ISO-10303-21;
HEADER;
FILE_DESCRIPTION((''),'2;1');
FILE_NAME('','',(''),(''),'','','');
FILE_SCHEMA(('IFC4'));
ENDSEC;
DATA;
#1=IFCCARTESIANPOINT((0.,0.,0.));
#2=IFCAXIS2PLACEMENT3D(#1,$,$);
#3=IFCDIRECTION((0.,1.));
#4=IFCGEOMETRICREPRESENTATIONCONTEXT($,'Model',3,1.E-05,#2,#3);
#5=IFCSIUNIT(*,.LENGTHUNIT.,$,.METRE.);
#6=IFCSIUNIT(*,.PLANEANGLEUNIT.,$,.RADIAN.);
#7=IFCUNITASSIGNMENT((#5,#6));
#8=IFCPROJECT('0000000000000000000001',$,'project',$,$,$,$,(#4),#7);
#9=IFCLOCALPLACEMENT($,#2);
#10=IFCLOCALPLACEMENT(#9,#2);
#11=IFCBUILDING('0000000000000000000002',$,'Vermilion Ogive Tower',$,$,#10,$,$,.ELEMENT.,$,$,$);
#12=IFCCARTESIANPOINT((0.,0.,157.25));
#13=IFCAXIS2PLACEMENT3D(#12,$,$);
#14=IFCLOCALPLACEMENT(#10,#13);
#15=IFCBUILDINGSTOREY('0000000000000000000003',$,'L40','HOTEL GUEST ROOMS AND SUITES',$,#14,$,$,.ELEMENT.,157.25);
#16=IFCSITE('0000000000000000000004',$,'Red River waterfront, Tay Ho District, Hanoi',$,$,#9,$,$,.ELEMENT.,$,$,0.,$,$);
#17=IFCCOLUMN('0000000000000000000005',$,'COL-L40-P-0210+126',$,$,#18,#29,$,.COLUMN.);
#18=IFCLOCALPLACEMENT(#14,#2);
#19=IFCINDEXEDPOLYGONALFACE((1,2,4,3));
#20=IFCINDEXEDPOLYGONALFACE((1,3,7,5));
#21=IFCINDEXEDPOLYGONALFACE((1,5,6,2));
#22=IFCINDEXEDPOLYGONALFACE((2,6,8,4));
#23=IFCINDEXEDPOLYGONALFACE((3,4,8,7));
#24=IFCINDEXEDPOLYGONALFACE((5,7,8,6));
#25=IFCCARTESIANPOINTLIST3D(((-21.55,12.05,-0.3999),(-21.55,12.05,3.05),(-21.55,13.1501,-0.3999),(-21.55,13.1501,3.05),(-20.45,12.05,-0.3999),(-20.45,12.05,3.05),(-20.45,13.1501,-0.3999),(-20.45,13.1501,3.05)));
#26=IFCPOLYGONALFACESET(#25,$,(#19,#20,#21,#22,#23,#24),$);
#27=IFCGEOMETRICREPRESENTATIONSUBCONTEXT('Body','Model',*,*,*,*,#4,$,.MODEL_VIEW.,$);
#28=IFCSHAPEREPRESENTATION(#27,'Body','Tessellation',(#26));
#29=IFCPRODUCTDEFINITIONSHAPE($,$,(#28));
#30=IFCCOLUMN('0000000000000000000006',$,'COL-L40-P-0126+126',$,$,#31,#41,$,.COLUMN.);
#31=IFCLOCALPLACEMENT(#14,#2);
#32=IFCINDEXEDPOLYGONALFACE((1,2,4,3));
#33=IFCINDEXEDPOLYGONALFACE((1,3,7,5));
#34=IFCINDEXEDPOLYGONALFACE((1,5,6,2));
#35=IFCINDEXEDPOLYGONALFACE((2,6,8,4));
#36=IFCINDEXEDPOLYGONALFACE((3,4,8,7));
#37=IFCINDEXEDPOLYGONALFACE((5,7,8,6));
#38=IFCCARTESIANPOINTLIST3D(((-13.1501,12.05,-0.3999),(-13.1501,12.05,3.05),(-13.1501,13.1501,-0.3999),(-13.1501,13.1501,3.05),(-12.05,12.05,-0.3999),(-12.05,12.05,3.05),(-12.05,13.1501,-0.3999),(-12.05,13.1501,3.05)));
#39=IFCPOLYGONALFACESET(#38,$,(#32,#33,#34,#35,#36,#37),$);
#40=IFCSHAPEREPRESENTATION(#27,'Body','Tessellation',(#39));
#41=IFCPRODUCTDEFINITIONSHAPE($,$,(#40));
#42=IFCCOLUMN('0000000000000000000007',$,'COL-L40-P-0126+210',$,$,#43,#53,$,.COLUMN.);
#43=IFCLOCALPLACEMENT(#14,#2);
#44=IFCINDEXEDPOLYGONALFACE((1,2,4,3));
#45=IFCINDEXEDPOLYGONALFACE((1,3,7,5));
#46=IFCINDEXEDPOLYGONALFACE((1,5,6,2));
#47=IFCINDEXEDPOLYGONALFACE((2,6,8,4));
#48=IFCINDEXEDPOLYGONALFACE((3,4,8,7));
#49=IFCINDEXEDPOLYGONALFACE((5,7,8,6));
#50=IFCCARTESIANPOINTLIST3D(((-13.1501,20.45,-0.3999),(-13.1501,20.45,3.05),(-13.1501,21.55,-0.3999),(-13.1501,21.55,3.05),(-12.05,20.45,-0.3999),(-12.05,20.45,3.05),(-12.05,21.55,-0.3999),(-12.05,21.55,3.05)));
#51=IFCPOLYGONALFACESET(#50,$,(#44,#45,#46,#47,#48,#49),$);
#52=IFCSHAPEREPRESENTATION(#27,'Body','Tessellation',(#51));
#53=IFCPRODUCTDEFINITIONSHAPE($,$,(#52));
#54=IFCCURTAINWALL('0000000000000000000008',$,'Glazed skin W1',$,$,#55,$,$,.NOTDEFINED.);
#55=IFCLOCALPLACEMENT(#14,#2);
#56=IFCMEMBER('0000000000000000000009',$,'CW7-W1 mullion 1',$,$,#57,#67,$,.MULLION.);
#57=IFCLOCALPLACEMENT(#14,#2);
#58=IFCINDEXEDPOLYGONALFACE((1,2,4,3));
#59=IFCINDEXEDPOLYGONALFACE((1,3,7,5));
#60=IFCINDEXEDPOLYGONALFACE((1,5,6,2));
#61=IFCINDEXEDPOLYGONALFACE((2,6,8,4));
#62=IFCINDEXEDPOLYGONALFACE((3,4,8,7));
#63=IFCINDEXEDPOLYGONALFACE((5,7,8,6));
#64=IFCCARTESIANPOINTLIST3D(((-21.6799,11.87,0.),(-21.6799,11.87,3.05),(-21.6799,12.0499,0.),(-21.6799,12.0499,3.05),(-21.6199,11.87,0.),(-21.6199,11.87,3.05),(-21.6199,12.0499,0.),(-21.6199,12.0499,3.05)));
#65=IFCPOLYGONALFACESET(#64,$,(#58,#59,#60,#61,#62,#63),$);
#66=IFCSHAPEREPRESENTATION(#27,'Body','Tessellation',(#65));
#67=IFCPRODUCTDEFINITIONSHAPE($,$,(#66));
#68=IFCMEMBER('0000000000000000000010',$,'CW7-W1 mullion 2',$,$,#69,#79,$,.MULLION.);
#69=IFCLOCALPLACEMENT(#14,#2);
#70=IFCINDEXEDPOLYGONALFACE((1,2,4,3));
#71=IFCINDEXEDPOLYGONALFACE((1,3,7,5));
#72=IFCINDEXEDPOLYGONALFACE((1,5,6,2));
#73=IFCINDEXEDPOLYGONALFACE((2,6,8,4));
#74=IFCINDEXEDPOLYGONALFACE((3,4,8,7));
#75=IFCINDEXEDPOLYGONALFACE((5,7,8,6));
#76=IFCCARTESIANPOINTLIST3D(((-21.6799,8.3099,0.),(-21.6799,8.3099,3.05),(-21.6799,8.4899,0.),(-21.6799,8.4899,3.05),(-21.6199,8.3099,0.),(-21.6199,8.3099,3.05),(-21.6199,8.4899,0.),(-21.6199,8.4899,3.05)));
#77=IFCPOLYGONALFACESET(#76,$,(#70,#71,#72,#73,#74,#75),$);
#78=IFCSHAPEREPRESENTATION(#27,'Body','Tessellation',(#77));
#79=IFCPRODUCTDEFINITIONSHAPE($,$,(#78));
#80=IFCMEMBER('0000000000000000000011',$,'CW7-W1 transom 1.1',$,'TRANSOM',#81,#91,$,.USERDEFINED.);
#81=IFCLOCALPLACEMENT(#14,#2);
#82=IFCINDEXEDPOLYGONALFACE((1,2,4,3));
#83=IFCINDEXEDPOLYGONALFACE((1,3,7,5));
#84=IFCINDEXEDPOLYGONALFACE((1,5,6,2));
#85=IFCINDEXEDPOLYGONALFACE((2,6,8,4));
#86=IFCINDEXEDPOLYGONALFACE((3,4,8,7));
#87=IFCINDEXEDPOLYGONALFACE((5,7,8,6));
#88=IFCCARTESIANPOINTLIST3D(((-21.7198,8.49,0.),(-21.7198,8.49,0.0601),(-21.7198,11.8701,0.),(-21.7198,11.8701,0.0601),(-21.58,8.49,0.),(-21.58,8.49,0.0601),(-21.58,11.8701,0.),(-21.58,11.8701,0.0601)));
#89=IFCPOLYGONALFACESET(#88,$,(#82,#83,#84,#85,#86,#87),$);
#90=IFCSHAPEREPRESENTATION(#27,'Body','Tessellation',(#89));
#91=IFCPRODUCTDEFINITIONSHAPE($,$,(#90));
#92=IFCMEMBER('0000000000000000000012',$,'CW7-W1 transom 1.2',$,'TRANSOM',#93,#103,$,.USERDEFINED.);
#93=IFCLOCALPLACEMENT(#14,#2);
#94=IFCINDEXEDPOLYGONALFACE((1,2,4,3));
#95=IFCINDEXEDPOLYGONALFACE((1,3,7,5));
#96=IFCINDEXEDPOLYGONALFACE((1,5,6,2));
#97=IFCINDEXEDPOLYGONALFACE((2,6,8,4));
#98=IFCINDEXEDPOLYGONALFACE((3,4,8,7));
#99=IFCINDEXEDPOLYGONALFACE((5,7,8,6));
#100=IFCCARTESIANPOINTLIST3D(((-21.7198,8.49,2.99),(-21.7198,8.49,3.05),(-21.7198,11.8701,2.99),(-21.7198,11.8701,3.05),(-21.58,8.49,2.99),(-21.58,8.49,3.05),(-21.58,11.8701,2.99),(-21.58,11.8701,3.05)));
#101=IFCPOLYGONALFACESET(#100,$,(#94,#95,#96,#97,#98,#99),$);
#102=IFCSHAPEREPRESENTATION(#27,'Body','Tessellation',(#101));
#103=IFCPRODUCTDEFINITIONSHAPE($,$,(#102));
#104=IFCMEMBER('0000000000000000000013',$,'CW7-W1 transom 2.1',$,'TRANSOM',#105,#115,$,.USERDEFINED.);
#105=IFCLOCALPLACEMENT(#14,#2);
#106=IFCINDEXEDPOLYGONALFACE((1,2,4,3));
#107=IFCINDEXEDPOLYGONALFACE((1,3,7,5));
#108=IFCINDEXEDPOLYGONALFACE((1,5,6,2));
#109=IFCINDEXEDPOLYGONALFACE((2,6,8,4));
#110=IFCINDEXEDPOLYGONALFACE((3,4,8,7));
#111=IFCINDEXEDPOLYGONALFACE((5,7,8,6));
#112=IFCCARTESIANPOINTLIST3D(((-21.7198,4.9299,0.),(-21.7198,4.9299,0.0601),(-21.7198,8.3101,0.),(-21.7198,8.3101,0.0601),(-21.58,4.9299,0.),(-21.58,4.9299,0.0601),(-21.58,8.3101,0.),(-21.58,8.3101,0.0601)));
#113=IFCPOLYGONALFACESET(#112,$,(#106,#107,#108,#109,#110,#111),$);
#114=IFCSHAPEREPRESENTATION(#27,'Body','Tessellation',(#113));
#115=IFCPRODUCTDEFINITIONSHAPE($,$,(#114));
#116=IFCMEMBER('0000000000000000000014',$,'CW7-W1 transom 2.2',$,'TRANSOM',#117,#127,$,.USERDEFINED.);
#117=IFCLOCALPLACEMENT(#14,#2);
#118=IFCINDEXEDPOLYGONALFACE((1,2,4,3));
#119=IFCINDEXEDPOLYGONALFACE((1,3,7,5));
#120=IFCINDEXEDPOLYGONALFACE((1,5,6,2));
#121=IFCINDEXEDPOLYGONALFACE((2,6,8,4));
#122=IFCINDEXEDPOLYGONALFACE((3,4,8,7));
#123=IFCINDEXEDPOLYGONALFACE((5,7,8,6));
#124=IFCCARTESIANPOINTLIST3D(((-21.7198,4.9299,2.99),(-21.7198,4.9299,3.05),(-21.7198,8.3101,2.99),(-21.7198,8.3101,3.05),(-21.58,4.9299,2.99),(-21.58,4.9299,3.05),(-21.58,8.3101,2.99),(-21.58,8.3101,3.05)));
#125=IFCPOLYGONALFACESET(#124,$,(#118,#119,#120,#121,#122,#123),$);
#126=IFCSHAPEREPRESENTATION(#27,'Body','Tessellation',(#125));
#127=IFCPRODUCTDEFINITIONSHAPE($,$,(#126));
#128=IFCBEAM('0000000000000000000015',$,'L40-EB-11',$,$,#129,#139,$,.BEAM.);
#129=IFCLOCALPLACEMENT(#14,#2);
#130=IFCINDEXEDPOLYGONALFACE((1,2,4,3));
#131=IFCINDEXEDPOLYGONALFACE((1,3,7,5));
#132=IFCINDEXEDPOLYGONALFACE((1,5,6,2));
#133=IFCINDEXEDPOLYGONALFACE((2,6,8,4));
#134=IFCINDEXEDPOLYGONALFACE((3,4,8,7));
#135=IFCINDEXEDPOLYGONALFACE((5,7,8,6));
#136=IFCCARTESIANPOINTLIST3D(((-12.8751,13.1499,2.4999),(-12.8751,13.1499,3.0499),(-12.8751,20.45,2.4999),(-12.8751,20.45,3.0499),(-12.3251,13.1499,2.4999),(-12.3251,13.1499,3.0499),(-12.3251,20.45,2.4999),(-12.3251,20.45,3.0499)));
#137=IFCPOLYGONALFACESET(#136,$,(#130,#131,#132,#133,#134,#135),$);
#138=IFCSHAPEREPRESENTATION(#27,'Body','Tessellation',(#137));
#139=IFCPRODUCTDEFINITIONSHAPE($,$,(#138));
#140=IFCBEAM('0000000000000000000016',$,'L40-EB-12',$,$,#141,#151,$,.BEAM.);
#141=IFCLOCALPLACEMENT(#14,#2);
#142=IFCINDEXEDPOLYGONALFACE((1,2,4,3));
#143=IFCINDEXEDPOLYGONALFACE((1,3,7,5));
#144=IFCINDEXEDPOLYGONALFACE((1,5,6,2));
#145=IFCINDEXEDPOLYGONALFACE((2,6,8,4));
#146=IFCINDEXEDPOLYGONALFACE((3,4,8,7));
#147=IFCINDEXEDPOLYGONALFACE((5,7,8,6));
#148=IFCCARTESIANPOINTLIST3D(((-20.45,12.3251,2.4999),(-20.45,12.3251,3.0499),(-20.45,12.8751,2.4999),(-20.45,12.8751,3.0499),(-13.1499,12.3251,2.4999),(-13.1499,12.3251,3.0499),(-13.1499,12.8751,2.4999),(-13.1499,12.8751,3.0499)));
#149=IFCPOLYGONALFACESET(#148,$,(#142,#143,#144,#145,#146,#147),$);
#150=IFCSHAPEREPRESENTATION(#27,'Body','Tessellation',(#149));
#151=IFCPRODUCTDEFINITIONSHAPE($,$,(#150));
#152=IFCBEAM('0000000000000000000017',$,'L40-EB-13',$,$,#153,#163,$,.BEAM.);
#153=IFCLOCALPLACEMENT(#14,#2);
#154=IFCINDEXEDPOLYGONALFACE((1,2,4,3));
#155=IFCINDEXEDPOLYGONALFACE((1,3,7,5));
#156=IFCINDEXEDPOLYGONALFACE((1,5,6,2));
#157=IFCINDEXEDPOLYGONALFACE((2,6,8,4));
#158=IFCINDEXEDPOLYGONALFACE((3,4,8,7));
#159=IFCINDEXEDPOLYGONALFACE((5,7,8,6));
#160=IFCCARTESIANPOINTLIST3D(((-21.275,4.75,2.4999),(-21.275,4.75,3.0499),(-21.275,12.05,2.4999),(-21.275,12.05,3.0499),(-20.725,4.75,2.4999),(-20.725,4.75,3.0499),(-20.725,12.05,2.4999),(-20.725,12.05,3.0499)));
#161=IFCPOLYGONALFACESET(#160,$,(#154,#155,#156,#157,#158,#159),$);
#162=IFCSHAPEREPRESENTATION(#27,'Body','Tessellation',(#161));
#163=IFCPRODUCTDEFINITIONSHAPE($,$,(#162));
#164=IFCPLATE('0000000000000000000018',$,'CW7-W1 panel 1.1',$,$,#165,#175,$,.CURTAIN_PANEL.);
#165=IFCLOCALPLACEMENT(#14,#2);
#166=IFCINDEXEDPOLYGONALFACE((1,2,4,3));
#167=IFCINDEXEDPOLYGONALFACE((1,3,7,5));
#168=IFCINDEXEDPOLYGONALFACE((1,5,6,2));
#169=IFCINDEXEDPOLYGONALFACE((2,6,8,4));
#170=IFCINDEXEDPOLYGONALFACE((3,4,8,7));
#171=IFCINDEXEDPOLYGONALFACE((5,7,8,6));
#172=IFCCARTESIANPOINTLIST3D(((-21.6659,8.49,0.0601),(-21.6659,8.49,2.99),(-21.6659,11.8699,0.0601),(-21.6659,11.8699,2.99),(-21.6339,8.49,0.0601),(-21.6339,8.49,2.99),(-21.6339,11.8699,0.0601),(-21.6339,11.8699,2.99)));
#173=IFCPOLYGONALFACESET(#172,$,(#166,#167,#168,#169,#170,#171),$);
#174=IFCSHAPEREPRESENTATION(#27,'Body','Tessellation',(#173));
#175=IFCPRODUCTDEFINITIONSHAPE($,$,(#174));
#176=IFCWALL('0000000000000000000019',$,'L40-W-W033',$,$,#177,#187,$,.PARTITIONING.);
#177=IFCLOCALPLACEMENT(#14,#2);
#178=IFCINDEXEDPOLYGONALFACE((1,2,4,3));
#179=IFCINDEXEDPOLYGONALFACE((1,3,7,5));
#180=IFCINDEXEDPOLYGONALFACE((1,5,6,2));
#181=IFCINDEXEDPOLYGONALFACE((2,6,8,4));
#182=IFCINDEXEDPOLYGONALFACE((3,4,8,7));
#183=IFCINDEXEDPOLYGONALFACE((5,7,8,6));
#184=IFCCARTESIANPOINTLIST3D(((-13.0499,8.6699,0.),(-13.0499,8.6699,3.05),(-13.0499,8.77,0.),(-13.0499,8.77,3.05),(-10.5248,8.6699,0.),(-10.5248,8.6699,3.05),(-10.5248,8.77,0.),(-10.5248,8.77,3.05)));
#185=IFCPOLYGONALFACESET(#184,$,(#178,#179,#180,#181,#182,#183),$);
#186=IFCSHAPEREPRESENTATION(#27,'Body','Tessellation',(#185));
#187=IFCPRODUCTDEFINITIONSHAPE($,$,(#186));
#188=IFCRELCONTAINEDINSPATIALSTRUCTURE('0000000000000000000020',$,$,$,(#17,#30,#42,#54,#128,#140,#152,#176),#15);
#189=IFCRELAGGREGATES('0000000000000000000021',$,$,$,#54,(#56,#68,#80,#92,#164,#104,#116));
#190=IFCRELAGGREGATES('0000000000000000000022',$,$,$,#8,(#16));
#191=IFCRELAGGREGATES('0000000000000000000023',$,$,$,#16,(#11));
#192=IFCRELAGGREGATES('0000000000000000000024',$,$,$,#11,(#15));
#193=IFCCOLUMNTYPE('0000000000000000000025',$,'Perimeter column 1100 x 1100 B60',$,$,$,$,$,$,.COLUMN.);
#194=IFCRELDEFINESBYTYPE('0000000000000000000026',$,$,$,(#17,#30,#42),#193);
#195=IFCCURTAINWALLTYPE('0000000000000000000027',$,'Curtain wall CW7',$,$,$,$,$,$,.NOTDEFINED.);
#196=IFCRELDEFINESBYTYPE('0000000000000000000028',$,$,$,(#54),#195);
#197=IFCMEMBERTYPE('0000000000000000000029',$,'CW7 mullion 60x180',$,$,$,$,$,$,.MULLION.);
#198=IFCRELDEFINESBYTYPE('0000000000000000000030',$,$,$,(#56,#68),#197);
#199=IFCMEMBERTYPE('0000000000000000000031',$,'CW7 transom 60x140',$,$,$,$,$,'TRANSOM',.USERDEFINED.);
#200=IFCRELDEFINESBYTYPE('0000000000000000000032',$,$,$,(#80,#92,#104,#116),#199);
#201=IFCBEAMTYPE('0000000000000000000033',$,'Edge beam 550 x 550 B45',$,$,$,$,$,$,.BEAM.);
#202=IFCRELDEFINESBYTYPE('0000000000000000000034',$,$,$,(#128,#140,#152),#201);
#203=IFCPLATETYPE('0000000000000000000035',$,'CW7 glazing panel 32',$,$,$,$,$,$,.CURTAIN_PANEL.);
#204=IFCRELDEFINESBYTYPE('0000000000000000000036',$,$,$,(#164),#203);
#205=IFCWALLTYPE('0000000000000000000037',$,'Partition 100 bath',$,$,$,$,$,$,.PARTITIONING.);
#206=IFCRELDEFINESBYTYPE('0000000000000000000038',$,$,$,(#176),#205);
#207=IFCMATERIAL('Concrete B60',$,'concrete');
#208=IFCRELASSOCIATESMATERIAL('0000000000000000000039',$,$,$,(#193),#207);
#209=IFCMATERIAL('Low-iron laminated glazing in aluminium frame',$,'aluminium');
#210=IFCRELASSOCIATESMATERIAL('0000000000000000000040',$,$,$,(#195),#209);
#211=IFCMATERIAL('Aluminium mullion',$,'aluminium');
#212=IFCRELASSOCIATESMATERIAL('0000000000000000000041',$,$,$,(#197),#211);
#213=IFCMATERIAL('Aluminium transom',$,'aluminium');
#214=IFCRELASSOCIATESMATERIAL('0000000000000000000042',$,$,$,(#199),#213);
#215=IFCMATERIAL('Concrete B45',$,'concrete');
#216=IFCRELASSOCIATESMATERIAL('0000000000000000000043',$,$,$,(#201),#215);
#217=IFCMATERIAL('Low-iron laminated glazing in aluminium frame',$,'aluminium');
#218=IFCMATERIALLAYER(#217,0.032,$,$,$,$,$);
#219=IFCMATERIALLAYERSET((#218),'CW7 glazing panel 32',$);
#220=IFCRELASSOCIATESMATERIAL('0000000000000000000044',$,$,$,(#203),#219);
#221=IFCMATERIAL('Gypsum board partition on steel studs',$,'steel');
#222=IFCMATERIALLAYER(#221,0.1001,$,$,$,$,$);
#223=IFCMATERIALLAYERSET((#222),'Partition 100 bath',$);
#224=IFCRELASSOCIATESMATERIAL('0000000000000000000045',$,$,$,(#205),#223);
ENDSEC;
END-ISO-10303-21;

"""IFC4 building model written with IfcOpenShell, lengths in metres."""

from ifc_helpers import new_model, si_unit, direction, frame, frame_2d, origin, origin_2d, place, context, subcontext, project, spatial, rectangle, extrude, material, layer, layer_set, material_profile, profile_set, type_object, element, aggregate, save


model = new_model("IFC4")

# Units and contexts
model_context = context("Model", 3, precision=1e-05, world=origin(), true_north=direction((0.0, 1.0)))
body_context = subcontext(model_context, "Body", "Model", "MODEL_VIEW")
ifc_project = project(units=[si_unit("LENGTHUNIT", "METRE"), si_unit("PLANEANGLEUNIT", "RADIAN")], contexts=[model_context])

# Site, building, storey
site_placement = place(None, origin())
site = spatial("IfcSite", under=ifc_project, at=site_placement, Name="Red River waterfront, Tay Ho District, Hanoi", CompositionType="ELEMENT", RefElevation=0.0)
building_placement = place(site_placement, origin())
building = spatial("IfcBuilding", under=site, at=building_placement, Name="Vermilion Ogive Tower", CompositionType="ELEMENT")
storey_placement = place(building_placement, frame((0.0, 0.0, 157.25)))
storey = spatial("IfcBuildingStorey", under=building, at=storey_placement, Name="L40", Description="HOTEL GUEST ROOMS AND SUITES", CompositionType="ELEMENT", Elevation=157.25)

# Columns
ifc_material_1 = material(Name="Concrete B60", Category="concrete")
ifc_material_profile_1 = material_profile(ifc_material_1, rectangle(XDim=1.1001, YDim=1.1001, at=origin_2d()), Name="1100 x 1100")
ifc_profile_set_1 = profile_set([ifc_material_profile_1], Name="Concrete B60")
column_type = type_object("IfcColumnType", Name="Perimeter column 1100 x 1100 B60", PredefinedType="COLUMN", material=ifc_profile_set_1)
for number, where, z_axis, x_axis, name in (
    (1, (-21.0, 12.6001, -0.3999), (0.0, 0.0, 1.0), (1.0, 0.0, 0.0), "COL-L40-P-0210+126"),
    (2, (-12.6001, 12.6001, -0.3999), (0.0, 0.0, 1.0), (1.0, 0.0, 0.0), "COL-L40-P-0126+126"),
    (3, (-12.6001, 21.0, -0.3999), (0.0, 0.0, 1.0), (1.0, 0.0, 0.0), "COL-L40-P-0126+210"),
):
    element("IfcColumn", number, at=place(storey_placement, frame(where, z_axis=z_axis, x_axis=x_axis)), inside=storey, type_object=column_type, Name=name, PredefinedType="COLUMN", context=body_context, shape_type="SweptSolid", body=[
        extrude(rectangle(XDim=1.1001, YDim=1.1001, at=origin_2d()), origin(), (0.0, 0.0, 1.0), 3.45),
    ])

# Curtain wall, members
ifc_material_2 = material(Name="Low-iron laminated glazing in aluminium frame", Category="aluminium")
curtain_wall_type = type_object("IfcCurtainWallType", Name="Curtain wall CW7", PredefinedType="NOTDEFINED", material=ifc_material_2)
curtain_wall_placement = place(storey_placement, origin())
curtain_wall = element("IfcCurtainWall", 4, at=curtain_wall_placement, inside=storey, type_object=curtain_wall_type, Name="Glazed skin W1", PredefinedType="NOTDEFINED")
ifc_material_3 = material(Name="Aluminium mullion", Category="aluminium")
ifc_material_profile_2 = material_profile(ifc_material_3, rectangle(XDim=0.0601, YDim=0.1799, at=origin_2d()), Name="AL 60x180")
ifc_profile_set_2 = profile_set([ifc_material_profile_2], Name="Aluminium mullion")
member_type_1 = type_object("IfcMemberType", Name="CW7 mullion 60x180", PredefinedType="MULLION", material=ifc_profile_set_2)
member_1_placement = place(storey_placement, frame((-21.6499, 11.96, 0.0), z_axis=(0.0, 0.0, 1.0), x_axis=(1.0, 0.0, 0.0)))
member_1 = element("IfcMember", 5, at=member_1_placement, type_object=member_type_1, Name="CW7-W1 mullion 1", PredefinedType="MULLION", context=body_context, shape_type="SweptSolid", body=[
    extrude(rectangle(XDim=0.0601, YDim=0.1799, at=origin_2d()), origin(), (0.0, 0.0, 1.0), 3.05),
])
member_2_placement = place(storey_placement, frame((-21.6499, 8.3999, 0.0), z_axis=(0.0, 0.0, 1.0), x_axis=(1.0, 0.0, 0.0)))
member_2 = element("IfcMember", 6, at=member_2_placement, type_object=member_type_1, Name="CW7-W1 mullion 2", PredefinedType="MULLION", context=body_context, shape_type="SweptSolid", body=[
    extrude(rectangle(XDim=0.0601, YDim=0.1799, at=origin_2d()), origin(), (0.0, 0.0, 1.0), 3.05),
])
ifc_material_4 = material(Name="Aluminium transom", Category="aluminium")
ifc_material_profile_3 = material_profile(ifc_material_4, rectangle(XDim=0.1399, YDim=0.0601, at=origin_2d()), Name="AL 60x140")
ifc_profile_set_3 = profile_set([ifc_material_profile_3], Name="Aluminium transom")
member_type_2 = type_object("IfcMemberType", Name="CW7 transom 60x140", ElementType="TRANSOM", PredefinedType="USERDEFINED", material=ifc_profile_set_3)
member_3_placement = place(storey_placement, frame((-21.6499, 11.8701, 0.03), z_axis=(0.0, -1.0, 0.0), x_axis=(1.0, 0.0, 0.0)))
member_3 = element("IfcMember", 7, at=member_3_placement, type_object=member_type_2, Name="CW7-W1 transom 1.1", ObjectType="TRANSOM", PredefinedType="USERDEFINED", context=body_context, shape_type="SweptSolid", body=[
    extrude(rectangle(XDim=0.1399, YDim=0.0601, at=origin_2d()), origin(), (0.0, 0.0, 1.0), 3.3801),
])
member_4_placement = place(storey_placement, frame((-21.6499, 11.8701, 3.02), z_axis=(0.0, -1.0, 0.0), x_axis=(1.0, 0.0, 0.0)))
member_4 = element("IfcMember", 8, at=member_4_placement, type_object=member_type_2, Name="CW7-W1 transom 1.2", ObjectType="TRANSOM", PredefinedType="USERDEFINED", context=body_context, shape_type="SweptSolid", body=[
    extrude(rectangle(XDim=0.1399, YDim=0.0601, at=origin_2d()), origin(), (0.0, 0.0, 1.0), 3.3801),
])
member_5_placement = place(storey_placement, frame((-21.6499, 8.3101, 0.03), z_axis=(0.0, -1.0, 0.0), x_axis=(1.0, 0.0, 0.0)))
member_5 = element("IfcMember", 9, at=member_5_placement, type_object=member_type_2, Name="CW7-W1 transom 2.1", ObjectType="TRANSOM", PredefinedType="USERDEFINED", context=body_context, shape_type="SweptSolid", body=[
    extrude(rectangle(XDim=0.1399, YDim=0.0601, at=origin_2d()), origin(), (0.0, 0.0, 1.0), 3.3801),
])
member_6_placement = place(storey_placement, frame((-21.6499, 8.3101, 3.02), z_axis=(0.0, -1.0, 0.0), x_axis=(1.0, 0.0, 0.0)))
member_6 = element("IfcMember", 10, at=member_6_placement, type_object=member_type_2, Name="CW7-W1 transom 2.2", ObjectType="TRANSOM", PredefinedType="USERDEFINED", context=body_context, shape_type="SweptSolid", body=[
    extrude(rectangle(XDim=0.1399, YDim=0.0601, at=origin_2d()), origin(), (0.0, 0.0, 1.0), 3.3801),
])

# Beams
ifc_material_5 = material(Name="Concrete B45", Category="concrete")
ifc_material_profile_4 = material_profile(ifc_material_5, rectangle(XDim=0.55, YDim=0.55, at=origin_2d()), Name="550 x 550")
ifc_profile_set_4 = profile_set([ifc_material_profile_4], Name="Concrete B45")
beam_type = type_object("IfcBeamType", Name="Edge beam 550 x 550 B45", PredefinedType="BEAM", material=ifc_profile_set_4)
for number, where, z_axis, x_axis, name in (
    (11, (-12.6001, 20.45, 2.7749), (0.0, -1.0, 0.0), (1.0, 0.0, 0.0), "L40-EB-11"),
    (12, (-13.1499, 12.6001, 2.7749), (-1.0, 0.0, 0.0), (0.0, -1.0, 0.0), "L40-EB-12"),
    (13, (-21.0, 12.05, 2.7749), (0.0, -1.0, 0.0), (1.0, 0.0, 0.0), "L40-EB-13"),
):
    element("IfcBeam", number, at=place(storey_placement, frame(where, z_axis=z_axis, x_axis=x_axis)), inside=storey, type_object=beam_type, Name=name, PredefinedType="BEAM", context=body_context, shape_type="SweptSolid", body=[
        extrude(rectangle(XDim=0.55, YDim=0.55, at=origin_2d()), origin(), (0.0, 0.0, 1.0), 7.3),
    ])

# Plate
ifc_material_6 = material(Name="Low-iron laminated glazing in aluminium frame", Category="aluminium")
ifc_layer_1 = layer(ifc_material_6, 0.032)
ifc_layer_set_1 = layer_set([ifc_layer_1], Name="CW7 glazing panel 32")
plate_type = type_object("IfcPlateType", Name="CW7 glazing panel 32", PredefinedType="CURTAIN_PANEL", material=ifc_layer_set_1)
plate_placement = place(storey_placement, frame((-21.6499, 10.1799, 0.0601), z_axis=(0.0, 0.0, 1.0), x_axis=(0.0, -1.0, 0.0)))
plate = element("IfcPlate", 14, at=plate_placement, type_object=plate_type, Name="CW7-W1 panel 1.1", PredefinedType="CURTAIN_PANEL", context=body_context, shape_type="SweptSolid", body=[
    extrude(rectangle(XDim=3.3799, YDim=0.032, at=origin_2d()), origin(), (0.0, 0.0, 1.0), 2.9299),
])
aggregate(curtain_wall, [member_1, member_2, member_3, member_4, plate, member_5, member_6])

# Wall
ifc_material_7 = material(Name="Gypsum board partition on steel studs", Category="steel")
ifc_layer_2 = layer(ifc_material_7, 0.1001)
ifc_layer_set_2 = layer_set([ifc_layer_2], Name="Partition 100 bath")
wall_type_1 = type_object("IfcWallType", Name="Partition 100 bath", PredefinedType="PARTITIONING", material=ifc_layer_set_2)
wall_1_placement = place(storey_placement, frame((-13.05, 8.72, 0.0), z_axis=(0.0, 0.0, 1.0), x_axis=(1.0, 0.0, 0.0)))
element("IfcWall", 15, at=wall_1_placement, inside=storey, type_object=wall_type_1, Name="L40-W-W033", PredefinedType="PARTITIONING", context=body_context, shape_type="SweptSolid", body=[
    extrude(rectangle(XDim=2.5251, YDim=0.1001, at=frame_2d((1.2627, 0.0))), origin(), (0.0, 0.0, 1.0), 3.05),
])

save(model, "model.ifc")
